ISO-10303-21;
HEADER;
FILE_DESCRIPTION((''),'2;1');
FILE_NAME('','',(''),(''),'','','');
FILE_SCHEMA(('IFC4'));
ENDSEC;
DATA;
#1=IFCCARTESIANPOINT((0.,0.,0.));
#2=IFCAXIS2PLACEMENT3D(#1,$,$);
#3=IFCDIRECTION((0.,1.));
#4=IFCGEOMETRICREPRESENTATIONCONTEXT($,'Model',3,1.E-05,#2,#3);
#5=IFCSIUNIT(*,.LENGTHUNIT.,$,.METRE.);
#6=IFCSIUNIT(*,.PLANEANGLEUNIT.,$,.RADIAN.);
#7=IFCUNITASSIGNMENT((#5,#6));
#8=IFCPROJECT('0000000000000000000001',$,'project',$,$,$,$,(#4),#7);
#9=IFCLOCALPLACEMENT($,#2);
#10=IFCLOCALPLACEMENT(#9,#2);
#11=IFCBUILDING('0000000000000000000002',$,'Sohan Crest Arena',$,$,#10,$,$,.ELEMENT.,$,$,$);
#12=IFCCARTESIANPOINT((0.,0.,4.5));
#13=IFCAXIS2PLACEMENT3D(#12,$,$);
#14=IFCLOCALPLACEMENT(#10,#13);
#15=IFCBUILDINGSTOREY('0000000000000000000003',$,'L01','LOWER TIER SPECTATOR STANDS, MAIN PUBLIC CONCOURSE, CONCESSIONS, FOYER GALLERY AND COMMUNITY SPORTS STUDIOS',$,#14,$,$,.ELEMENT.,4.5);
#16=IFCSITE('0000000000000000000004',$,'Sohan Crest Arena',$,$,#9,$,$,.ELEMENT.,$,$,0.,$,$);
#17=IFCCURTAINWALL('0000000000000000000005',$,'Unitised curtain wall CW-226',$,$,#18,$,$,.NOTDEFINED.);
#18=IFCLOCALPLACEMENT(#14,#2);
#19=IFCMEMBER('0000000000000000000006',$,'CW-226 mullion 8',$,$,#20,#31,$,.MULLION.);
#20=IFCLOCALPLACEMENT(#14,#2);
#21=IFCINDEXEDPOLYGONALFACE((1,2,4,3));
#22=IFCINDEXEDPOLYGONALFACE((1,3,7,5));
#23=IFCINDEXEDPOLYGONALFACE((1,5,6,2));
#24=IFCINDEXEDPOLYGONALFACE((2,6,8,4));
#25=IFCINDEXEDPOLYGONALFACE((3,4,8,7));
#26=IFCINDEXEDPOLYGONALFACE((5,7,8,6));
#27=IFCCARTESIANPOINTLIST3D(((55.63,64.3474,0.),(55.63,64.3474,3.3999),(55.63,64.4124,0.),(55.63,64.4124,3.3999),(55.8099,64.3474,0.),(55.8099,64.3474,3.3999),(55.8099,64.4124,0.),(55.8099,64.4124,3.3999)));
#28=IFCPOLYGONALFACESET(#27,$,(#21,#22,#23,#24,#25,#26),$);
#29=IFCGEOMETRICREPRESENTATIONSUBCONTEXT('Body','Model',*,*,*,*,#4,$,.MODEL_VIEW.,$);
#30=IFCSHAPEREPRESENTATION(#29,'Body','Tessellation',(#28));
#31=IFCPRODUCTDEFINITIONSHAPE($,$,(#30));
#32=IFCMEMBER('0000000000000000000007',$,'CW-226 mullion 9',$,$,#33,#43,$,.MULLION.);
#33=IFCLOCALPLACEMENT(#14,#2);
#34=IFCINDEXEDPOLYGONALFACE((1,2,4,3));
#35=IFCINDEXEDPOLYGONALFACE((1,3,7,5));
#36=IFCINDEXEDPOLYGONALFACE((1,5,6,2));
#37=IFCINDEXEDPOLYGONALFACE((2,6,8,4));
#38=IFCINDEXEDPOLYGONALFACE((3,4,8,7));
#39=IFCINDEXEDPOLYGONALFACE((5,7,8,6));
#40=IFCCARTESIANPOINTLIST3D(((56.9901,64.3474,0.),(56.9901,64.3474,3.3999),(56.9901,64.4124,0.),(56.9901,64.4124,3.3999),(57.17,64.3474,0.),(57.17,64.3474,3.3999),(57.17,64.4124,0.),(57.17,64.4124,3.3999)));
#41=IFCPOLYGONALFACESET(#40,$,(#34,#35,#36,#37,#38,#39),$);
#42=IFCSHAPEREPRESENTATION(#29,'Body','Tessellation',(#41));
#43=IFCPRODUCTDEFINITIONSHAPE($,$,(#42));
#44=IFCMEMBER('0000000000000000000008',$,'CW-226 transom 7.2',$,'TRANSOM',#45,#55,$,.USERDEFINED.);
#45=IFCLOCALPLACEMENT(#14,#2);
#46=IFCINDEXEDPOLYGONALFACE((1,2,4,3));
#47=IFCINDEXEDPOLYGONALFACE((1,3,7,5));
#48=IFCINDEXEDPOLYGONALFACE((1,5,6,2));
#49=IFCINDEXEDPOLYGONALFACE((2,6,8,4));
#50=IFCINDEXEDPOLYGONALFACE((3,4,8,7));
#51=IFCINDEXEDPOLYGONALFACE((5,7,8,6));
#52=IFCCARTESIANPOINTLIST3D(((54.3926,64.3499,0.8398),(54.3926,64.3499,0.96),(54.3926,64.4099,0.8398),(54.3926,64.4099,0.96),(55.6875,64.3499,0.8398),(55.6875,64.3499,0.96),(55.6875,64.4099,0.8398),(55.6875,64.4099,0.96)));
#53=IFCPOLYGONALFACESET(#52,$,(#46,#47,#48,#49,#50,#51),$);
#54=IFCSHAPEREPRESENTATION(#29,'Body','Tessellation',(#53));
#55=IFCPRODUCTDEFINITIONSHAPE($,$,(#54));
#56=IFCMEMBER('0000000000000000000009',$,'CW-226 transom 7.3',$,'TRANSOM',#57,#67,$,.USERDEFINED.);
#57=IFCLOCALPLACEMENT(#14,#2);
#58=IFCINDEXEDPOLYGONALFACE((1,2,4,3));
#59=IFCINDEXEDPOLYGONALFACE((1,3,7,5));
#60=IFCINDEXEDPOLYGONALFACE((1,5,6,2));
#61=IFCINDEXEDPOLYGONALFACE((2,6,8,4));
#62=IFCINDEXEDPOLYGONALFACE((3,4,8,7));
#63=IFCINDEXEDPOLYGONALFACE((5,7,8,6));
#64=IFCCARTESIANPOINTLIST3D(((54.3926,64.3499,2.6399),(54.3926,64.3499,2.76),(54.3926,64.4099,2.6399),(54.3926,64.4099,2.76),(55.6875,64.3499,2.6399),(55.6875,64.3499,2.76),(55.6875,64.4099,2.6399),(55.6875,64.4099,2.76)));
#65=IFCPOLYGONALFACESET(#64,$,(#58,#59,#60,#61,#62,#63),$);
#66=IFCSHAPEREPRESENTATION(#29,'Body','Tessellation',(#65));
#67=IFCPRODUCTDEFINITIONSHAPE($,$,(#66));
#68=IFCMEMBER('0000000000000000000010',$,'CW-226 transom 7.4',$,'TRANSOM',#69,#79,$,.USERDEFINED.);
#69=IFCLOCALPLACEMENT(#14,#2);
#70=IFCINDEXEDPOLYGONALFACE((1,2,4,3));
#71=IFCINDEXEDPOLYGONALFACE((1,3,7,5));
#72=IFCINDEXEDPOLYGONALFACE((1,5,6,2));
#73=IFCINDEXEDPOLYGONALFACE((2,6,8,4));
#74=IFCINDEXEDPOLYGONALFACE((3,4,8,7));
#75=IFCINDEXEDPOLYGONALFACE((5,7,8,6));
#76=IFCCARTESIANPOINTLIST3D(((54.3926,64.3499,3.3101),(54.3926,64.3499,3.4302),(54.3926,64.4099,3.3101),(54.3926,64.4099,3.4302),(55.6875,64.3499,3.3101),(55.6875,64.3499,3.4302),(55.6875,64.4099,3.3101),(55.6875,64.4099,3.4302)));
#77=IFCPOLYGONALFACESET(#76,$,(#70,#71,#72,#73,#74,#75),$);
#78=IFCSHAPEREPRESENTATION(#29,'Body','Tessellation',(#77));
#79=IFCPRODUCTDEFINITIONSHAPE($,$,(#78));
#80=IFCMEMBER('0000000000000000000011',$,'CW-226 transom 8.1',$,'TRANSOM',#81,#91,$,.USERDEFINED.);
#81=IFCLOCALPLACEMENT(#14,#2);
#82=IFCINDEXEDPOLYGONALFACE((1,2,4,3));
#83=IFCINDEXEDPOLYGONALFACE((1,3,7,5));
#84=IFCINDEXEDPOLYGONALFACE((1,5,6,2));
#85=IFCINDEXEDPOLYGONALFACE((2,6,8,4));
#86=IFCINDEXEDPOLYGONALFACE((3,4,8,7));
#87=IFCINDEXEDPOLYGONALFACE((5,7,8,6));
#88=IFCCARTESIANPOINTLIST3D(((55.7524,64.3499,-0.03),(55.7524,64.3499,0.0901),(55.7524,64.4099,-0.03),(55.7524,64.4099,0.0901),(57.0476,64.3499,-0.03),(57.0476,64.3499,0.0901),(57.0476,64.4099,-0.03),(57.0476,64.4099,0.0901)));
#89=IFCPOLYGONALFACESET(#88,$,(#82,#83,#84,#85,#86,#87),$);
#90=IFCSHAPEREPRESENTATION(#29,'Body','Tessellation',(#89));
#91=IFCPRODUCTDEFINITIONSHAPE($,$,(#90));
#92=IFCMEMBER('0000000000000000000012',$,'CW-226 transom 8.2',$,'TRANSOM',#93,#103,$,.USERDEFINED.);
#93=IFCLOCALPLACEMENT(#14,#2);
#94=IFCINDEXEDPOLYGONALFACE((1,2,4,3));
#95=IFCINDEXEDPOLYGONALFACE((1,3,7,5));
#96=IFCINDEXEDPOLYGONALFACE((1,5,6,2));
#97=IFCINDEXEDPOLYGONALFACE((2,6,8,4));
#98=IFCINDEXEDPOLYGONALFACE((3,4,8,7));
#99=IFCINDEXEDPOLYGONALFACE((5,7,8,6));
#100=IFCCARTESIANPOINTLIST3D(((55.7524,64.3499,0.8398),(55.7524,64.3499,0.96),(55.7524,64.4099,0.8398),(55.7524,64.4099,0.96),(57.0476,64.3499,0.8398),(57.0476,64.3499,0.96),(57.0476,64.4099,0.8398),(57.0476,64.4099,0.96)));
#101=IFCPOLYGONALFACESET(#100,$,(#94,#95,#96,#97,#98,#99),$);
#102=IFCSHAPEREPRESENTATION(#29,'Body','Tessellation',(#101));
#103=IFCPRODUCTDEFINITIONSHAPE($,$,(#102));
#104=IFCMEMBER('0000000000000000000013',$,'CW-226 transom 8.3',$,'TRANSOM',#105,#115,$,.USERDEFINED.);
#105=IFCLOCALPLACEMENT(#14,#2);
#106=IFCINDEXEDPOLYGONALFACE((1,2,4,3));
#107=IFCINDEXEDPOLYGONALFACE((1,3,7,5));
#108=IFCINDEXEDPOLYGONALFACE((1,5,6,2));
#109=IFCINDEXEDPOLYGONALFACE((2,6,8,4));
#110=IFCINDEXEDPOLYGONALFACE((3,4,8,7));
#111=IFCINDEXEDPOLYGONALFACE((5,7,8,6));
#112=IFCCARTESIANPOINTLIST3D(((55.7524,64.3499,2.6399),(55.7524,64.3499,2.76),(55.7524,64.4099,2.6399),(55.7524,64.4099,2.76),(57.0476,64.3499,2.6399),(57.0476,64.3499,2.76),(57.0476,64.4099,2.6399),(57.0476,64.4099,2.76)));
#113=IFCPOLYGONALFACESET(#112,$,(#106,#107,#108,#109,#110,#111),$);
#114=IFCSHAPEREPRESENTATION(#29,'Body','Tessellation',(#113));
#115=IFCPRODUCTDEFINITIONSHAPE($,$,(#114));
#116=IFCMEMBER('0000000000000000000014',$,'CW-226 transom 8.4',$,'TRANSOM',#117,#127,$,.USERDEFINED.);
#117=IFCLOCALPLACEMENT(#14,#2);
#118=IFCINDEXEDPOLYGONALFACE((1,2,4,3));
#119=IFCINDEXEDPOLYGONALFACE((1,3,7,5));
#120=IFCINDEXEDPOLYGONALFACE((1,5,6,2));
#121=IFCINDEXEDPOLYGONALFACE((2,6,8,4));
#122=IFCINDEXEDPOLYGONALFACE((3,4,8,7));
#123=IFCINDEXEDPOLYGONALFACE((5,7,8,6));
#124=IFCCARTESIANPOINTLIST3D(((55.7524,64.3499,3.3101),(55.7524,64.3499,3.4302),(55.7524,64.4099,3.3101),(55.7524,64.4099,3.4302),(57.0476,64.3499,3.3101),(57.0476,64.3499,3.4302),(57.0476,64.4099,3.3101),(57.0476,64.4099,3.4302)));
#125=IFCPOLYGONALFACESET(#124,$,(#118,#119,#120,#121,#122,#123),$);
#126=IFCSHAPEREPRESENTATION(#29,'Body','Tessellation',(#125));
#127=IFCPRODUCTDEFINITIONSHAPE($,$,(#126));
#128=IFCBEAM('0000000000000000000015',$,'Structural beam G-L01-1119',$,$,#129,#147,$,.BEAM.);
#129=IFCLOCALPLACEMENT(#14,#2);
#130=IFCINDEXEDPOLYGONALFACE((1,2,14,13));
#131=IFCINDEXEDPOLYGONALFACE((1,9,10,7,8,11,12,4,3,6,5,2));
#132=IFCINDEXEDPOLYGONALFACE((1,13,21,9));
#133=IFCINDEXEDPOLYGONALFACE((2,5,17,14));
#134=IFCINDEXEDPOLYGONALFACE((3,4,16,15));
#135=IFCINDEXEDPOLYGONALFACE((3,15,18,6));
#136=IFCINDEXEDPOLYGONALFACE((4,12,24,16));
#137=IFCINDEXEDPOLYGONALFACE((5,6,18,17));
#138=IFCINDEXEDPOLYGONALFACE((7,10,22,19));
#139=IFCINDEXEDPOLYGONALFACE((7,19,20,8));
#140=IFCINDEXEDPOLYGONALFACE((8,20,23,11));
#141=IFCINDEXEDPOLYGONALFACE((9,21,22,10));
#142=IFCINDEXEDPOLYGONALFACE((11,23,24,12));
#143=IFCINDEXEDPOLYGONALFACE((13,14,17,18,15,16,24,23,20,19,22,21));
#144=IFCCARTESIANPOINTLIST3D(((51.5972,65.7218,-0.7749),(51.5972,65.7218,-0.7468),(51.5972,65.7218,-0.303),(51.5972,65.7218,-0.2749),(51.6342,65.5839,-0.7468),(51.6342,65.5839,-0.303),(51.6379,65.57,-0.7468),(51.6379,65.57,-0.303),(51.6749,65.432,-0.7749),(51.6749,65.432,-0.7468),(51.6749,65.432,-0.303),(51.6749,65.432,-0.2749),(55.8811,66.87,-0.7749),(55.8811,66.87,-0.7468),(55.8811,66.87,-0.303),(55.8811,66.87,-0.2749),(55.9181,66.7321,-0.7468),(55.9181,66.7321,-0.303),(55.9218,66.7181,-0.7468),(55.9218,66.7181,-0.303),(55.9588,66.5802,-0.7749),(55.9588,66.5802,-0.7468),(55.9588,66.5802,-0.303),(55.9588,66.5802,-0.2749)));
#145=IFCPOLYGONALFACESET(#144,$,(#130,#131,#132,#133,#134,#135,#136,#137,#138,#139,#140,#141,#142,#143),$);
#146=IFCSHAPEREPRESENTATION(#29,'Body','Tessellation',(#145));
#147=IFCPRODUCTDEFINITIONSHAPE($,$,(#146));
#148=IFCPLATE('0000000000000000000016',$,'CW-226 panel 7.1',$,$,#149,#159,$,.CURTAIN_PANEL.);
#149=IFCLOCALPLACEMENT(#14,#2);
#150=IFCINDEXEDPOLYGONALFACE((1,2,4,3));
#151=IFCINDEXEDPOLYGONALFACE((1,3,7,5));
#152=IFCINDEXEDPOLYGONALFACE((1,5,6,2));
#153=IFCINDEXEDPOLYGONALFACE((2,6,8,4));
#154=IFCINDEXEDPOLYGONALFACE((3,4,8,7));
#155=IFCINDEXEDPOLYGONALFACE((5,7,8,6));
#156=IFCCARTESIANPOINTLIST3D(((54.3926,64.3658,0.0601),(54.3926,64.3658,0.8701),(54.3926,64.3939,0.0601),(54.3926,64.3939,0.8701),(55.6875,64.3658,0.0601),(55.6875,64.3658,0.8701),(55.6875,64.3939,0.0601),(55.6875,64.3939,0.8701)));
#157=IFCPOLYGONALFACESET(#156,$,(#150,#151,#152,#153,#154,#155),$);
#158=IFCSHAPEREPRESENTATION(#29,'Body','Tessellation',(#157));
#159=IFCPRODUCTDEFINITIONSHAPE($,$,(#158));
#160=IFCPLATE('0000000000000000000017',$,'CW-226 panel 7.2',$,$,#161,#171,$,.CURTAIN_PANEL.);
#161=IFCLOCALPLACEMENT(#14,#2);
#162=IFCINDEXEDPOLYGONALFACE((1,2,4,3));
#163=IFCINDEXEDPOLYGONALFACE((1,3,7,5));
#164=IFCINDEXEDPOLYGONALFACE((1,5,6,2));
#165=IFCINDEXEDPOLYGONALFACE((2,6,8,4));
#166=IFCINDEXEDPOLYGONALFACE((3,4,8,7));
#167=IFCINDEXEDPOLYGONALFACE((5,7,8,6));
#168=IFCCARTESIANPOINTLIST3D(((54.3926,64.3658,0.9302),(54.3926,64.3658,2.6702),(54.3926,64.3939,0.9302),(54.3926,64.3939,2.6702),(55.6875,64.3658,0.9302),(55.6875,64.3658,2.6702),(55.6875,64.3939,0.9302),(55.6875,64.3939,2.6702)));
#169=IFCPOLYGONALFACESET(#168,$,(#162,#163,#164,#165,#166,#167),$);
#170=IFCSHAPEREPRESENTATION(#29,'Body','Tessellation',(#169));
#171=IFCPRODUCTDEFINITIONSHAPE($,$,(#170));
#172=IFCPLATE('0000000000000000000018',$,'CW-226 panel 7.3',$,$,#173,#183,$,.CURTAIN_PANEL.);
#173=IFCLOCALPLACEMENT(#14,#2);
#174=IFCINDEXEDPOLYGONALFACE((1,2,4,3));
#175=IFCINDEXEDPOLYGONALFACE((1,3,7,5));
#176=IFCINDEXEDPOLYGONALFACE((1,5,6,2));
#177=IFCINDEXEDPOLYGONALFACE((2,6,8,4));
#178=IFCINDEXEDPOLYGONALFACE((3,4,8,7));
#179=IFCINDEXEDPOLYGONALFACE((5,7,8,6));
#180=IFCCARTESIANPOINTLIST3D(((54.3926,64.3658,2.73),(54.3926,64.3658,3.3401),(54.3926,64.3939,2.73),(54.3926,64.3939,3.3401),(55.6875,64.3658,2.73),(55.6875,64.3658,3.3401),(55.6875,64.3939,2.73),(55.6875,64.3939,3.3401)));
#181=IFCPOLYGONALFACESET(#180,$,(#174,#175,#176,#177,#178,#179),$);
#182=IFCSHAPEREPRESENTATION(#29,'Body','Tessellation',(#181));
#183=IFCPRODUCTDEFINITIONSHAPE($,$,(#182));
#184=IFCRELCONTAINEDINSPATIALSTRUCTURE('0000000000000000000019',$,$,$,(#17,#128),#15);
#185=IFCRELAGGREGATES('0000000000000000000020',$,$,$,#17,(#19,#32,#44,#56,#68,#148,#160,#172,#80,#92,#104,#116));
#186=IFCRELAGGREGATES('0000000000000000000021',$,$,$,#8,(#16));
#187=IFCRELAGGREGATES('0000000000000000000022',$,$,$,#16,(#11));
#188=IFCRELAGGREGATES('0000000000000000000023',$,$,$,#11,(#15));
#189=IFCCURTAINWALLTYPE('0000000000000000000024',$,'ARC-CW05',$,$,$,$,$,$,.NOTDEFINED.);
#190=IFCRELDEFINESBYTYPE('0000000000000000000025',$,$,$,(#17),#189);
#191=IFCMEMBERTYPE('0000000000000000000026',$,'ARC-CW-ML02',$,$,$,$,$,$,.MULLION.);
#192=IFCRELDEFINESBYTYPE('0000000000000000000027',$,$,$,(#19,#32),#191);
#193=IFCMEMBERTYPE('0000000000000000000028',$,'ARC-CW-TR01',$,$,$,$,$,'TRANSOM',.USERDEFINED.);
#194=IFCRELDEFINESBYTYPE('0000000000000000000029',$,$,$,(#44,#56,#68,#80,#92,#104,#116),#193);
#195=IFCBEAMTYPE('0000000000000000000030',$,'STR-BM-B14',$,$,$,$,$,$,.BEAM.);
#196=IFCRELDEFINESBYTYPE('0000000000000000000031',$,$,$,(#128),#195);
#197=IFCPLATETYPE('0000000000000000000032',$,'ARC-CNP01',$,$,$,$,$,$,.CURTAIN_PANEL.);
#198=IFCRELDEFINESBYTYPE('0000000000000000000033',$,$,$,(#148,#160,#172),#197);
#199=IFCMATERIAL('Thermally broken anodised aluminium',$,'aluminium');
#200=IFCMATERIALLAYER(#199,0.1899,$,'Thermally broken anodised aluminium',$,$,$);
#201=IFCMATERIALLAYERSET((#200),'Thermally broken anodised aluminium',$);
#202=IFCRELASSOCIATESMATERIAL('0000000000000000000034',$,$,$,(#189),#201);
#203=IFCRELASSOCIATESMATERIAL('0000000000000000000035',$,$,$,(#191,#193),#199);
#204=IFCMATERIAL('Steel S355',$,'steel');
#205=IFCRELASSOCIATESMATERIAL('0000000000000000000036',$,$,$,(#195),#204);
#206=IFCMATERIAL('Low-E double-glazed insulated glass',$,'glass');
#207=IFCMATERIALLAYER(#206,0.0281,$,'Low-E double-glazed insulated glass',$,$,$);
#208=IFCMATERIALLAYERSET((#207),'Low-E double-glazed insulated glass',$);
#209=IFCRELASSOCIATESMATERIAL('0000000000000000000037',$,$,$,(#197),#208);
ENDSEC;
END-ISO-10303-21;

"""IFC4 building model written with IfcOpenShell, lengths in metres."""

from ifc_helpers import new_model, si_unit, direction, frame, origin, origin_2d, place, context, subcontext, project, spatial, rectangle, i_section, extrude, material, layer, layer_set, material_profile, profile_set, type_object, element, aggregate, save


model = new_model("IFC4")

# Units and contexts
model_context = context("Model", 3, precision=1e-05, world=origin(), true_north=direction((0.0, 1.0)))
body_context = subcontext(model_context, "Body", "Model", "MODEL_VIEW")
ifc_project = project(units=[si_unit("LENGTHUNIT", "METRE"), si_unit("PLANEANGLEUNIT", "RADIAN")], contexts=[model_context])

# Site, building, storey
site_placement = place(None, origin())
site = spatial("IfcSite", under=ifc_project, at=site_placement, Name="Sohan Crest Arena", CompositionType="ELEMENT", RefElevation=0.0)
building_placement = place(site_placement, origin())
building = spatial("IfcBuilding", under=site, at=building_placement, Name="Sohan Crest Arena", CompositionType="ELEMENT")
storey_placement = place(building_placement, frame((0.0, 0.0, 4.5)))
storey = spatial("IfcBuildingStorey", under=building, at=storey_placement, Name="L01", Description="LOWER TIER SPECTATOR STANDS, MAIN PUBLIC CONCOURSE, CONCESSIONS, FOYER GALLERY AND COMMUNITY SPORTS STUDIOS", CompositionType="ELEMENT", Elevation=4.5)

# Curtain wall, members
ifc_material_1 = material(Name="Thermally broken anodised aluminium", Category="aluminium")
ifc_layer_1 = layer(ifc_material_1, 0.1899, Name="Thermally broken anodised aluminium")
ifc_layer_set_1 = layer_set([ifc_layer_1], Name="Thermally broken anodised aluminium")
curtain_wall_type = type_object("IfcCurtainWallType", Name="ARC-CW05", PredefinedType="NOTDEFINED", material=ifc_layer_set_1)
curtain_wall_placement = place(storey_placement, origin())
curtain_wall = element("IfcCurtainWall", 1, at=curtain_wall_placement, inside=storey, type_object=curtain_wall_type, Name="Unitised curtain wall CW-226", PredefinedType="NOTDEFINED")
ifc_material_profile_1 = material_profile(ifc_material_1, rectangle(XDim=0.0649, YDim=0.1799, at=origin_2d()), Name="ALU-MULL 65x180")
ifc_profile_set_1 = profile_set([ifc_material_profile_1], Name="Thermally broken anodised aluminium")
member_type_1 = type_object("IfcMemberType", Name="ARC-CW-ML02", PredefinedType="MULLION", material=ifc_profile_set_1)
member_1_placement = place(storey_placement, frame((55.72, 64.3799, 0.0), z_axis=(0.0, 0.0, 1.0), x_axis=(0.0, 1.0, 0.0)))
member_1 = element("IfcMember", 2, at=member_1_placement, type_object=member_type_1, Name="CW-226 mullion 8", PredefinedType="MULLION", context=body_context, shape_type="SweptSolid", body=[
    extrude(rectangle(XDim=0.0649, YDim=0.1799, at=origin_2d()), origin(), (0.0, 0.0, 1.0), 3.3999),
])
member_2_placement = place(storey_placement, frame((57.0801, 64.3799, 0.0), z_axis=(0.0, 0.0, 1.0), x_axis=(0.0, 1.0, 0.0)))
member_2 = element("IfcMember", 3, at=member_2_placement, type_object=member_type_1, Name="CW-226 mullion 9", PredefinedType="MULLION", context=body_context, shape_type="SweptSolid", body=[
    extrude(rectangle(XDim=0.0649, YDim=0.1799, at=origin_2d()), origin(), (0.0, 0.0, 1.0), 3.3999),
])
ifc_material_profile_2 = material_profile(ifc_material_1, rectangle(XDim=0.0601, YDim=0.1201, at=origin_2d()), Name="ALU-TRAN 60x120")
ifc_profile_set_2 = profile_set([ifc_material_profile_2], Name="Thermally broken anodised aluminium")
member_type_2 = type_object("IfcMemberType", Name="ARC-CW-TR01", ElementType="TRANSOM", PredefinedType="USERDEFINED", material=ifc_profile_set_2)
member_3_placement = place(storey_placement, frame((54.3926, 64.3799, 0.8999), z_axis=(1.0, 0.0, 0.0), x_axis=(0.0, 1.0, 0.0)))
member_3 = element("IfcMember", 4, at=member_3_placement, type_object=member_type_2, Name="CW-226 transom 7.2", ObjectType="TRANSOM", PredefinedType="USERDEFINED", context=body_context, shape_type="SweptSolid", body=[
    extrude(rectangle(XDim=0.0601, YDim=0.1201, at=origin_2d()), origin(), (0.0, 0.0, 1.0), 1.2949),
])
member_4_placement = place(storey_placement, frame((54.3926, 64.3799, 2.7), z_axis=(1.0, 0.0, 0.0), x_axis=(0.0, 1.0, 0.0)))
member_4 = element("IfcMember", 5, at=member_4_placement, type_object=member_type_2, Name="CW-226 transom 7.3", ObjectType="TRANSOM", PredefinedType="USERDEFINED", context=body_context, shape_type="SweptSolid", body=[
    extrude(rectangle(XDim=0.0601, YDim=0.1201, at=origin_2d()), origin(), (0.0, 0.0, 1.0), 1.2949),
])
member_5_placement = place(storey_placement, frame((54.3926, 64.3799, 3.3701), z_axis=(1.0, 0.0, 0.0), x_axis=(0.0, 1.0, 0.0)))
member_5 = element("IfcMember", 6, at=member_5_placement, type_object=member_type_2, Name="CW-226 transom 7.4", ObjectType="TRANSOM", PredefinedType="USERDEFINED", context=body_context, shape_type="SweptSolid", body=[
    extrude(rectangle(XDim=0.0601, YDim=0.1201, at=origin_2d()), origin(), (0.0, 0.0, 1.0), 1.2949),
])
member_6_placement = place(storey_placement, frame((55.7524, 64.3799, 0.03), z_axis=(1.0, 0.0, 0.0), x_axis=(0.0, 1.0, 0.0)))
member_6 = element("IfcMember", 7, at=member_6_placement, type_object=member_type_2, Name="CW-226 transom 8.1", ObjectType="TRANSOM", PredefinedType="USERDEFINED", context=body_context, shape_type="SweptSolid", body=[
    extrude(rectangle(XDim=0.0601, YDim=0.1201, at=origin_2d()), origin(), (0.0, 0.0, 1.0), 1.2952),
])
member_7_placement = place(storey_placement, frame((55.7524, 64.3799, 0.8999), z_axis=(1.0, 0.0, 0.0), x_axis=(0.0, 1.0, 0.0)))
member_7 = element("IfcMember", 8, at=member_7_placement, type_object=member_type_2, Name="CW-226 transom 8.2", ObjectType="TRANSOM", PredefinedType="USERDEFINED", context=body_context, shape_type="SweptSolid", body=[
    extrude(rectangle(XDim=0.0601, YDim=0.1201, at=origin_2d()), origin(), (0.0, 0.0, 1.0), 1.2952),
])
member_8_placement = place(storey_placement, frame((55.7524, 64.3799, 2.7), z_axis=(1.0, 0.0, 0.0), x_axis=(0.0, 1.0, 0.0)))
member_8 = element("IfcMember", 9, at=member_8_placement, type_object=member_type_2, Name="CW-226 transom 8.3", ObjectType="TRANSOM", PredefinedType="USERDEFINED", context=body_context, shape_type="SweptSolid", body=[
    extrude(rectangle(XDim=0.0601, YDim=0.1201, at=origin_2d()), origin(), (0.0, 0.0, 1.0), 1.2952),
])
member_9_placement = place(storey_placement, frame((55.7524, 64.3799, 3.3701), z_axis=(1.0, 0.0, 0.0), x_axis=(0.0, 1.0, 0.0)))
member_9 = element("IfcMember", 10, at=member_9_placement, type_object=member_type_2, Name="CW-226 transom 8.4", ObjectType="TRANSOM", PredefinedType="USERDEFINED", context=body_context, shape_type="SweptSolid", body=[
    extrude(rectangle(XDim=0.0601, YDim=0.1201, at=origin_2d()), origin(), (0.0, 0.0, 1.0), 1.2952),
])

# Beam
ifc_material_2 = material(Name="Steel S355", Category="steel")
ifc_material_profile_3 = material_profile(ifc_material_2, i_section(OverallWidth=0.3, OverallDepth=0.5, WebThickness=0.0144, FlangeThickness=0.0281, at=origin_2d()), Name="HEB 500")
ifc_profile_set_3 = profile_set([ifc_material_profile_3], Name="Steel S355")
beam_type = type_object("IfcBeamType", Name="STR-BM-B14", PredefinedType="BEAM", material=ifc_profile_set_3)
beam_placement = place(storey_placement, frame((55.9199, 66.7251, -0.5249), z_axis=(-0.965908, -0.258886, 0.0), x_axis=(0.258886, -0.965908, 0.0)))
element("IfcBeam", 11, at=beam_placement, inside=storey, type_object=beam_type, Name="Structural beam G-L01-1119", PredefinedType="BEAM", context=body_context, shape_type="SweptSolid", body=[
    extrude(i_section(OverallWidth=0.3, OverallDepth=0.5, WebThickness=0.0144, FlangeThickness=0.0281, at=origin_2d()), origin(), (0.0, 0.0, 1.0), 4.4351),
])

# Plates
ifc_material_3 = material(Name="Low-E double-glazed insulated glass", Category="glass")
ifc_layer_2 = layer(ifc_material_3, 0.0281, Name="Low-E double-glazed insulated glass")
ifc_layer_set_2 = layer_set([ifc_layer_2], Name="Low-E double-glazed insulated glass")
plate_type = type_object("IfcPlateType", Name="ARC-CNP01", PredefinedType="CURTAIN_PANEL", material=ifc_layer_set_2)
plate_1_placement = place(storey_placement, frame((55.04, 64.3799, 0.0601), z_axis=(0.0, 0.0, 1.0), x_axis=(1.0, 0.0, 0.0)))
plate_1 = element("IfcPlate", 12, at=plate_1_placement, type_object=plate_type, Name="CW-226 panel 7.1", PredefinedType="CURTAIN_PANEL", context=body_context, shape_type="SweptSolid", body=[
    extrude(rectangle(XDim=1.2949, YDim=0.0281, at=origin_2d()), origin(), (0.0, 0.0, 1.0), 0.8101),
])
plate_2_placement = place(storey_placement, frame((55.04, 64.3799, 0.9302), z_axis=(0.0, 0.0, 1.0), x_axis=(1.0, 0.0, 0.0)))
plate_2 = element("IfcPlate", 13, at=plate_2_placement, type_object=plate_type, Name="CW-226 panel 7.2", PredefinedType="CURTAIN_PANEL", context=body_context, shape_type="SweptSolid", body=[
    extrude(rectangle(XDim=1.2949, YDim=0.0281, at=origin_2d()), origin(), (0.0, 0.0, 1.0), 1.74),
])
plate_3_placement = place(storey_placement, frame((55.04, 64.3799, 2.73), z_axis=(0.0, 0.0, 1.0), x_axis=(1.0, 0.0, 0.0)))
plate_3 = element("IfcPlate", 14, at=plate_3_placement, type_object=plate_type, Name="CW-226 panel 7.3", PredefinedType="CURTAIN_PANEL", context=body_context, shape_type="SweptSolid", body=[
    extrude(rectangle(XDim=1.2949, YDim=0.0281, at=origin_2d()), origin(), (0.0, 0.0, 1.0), 0.6101),
])
aggregate(curtain_wall, [member_1, member_2, member_3, member_4, member_5, plate_1, plate_2, plate_3, member_6, member_7, member_8, member_9])

save(model, "model.ifc")
